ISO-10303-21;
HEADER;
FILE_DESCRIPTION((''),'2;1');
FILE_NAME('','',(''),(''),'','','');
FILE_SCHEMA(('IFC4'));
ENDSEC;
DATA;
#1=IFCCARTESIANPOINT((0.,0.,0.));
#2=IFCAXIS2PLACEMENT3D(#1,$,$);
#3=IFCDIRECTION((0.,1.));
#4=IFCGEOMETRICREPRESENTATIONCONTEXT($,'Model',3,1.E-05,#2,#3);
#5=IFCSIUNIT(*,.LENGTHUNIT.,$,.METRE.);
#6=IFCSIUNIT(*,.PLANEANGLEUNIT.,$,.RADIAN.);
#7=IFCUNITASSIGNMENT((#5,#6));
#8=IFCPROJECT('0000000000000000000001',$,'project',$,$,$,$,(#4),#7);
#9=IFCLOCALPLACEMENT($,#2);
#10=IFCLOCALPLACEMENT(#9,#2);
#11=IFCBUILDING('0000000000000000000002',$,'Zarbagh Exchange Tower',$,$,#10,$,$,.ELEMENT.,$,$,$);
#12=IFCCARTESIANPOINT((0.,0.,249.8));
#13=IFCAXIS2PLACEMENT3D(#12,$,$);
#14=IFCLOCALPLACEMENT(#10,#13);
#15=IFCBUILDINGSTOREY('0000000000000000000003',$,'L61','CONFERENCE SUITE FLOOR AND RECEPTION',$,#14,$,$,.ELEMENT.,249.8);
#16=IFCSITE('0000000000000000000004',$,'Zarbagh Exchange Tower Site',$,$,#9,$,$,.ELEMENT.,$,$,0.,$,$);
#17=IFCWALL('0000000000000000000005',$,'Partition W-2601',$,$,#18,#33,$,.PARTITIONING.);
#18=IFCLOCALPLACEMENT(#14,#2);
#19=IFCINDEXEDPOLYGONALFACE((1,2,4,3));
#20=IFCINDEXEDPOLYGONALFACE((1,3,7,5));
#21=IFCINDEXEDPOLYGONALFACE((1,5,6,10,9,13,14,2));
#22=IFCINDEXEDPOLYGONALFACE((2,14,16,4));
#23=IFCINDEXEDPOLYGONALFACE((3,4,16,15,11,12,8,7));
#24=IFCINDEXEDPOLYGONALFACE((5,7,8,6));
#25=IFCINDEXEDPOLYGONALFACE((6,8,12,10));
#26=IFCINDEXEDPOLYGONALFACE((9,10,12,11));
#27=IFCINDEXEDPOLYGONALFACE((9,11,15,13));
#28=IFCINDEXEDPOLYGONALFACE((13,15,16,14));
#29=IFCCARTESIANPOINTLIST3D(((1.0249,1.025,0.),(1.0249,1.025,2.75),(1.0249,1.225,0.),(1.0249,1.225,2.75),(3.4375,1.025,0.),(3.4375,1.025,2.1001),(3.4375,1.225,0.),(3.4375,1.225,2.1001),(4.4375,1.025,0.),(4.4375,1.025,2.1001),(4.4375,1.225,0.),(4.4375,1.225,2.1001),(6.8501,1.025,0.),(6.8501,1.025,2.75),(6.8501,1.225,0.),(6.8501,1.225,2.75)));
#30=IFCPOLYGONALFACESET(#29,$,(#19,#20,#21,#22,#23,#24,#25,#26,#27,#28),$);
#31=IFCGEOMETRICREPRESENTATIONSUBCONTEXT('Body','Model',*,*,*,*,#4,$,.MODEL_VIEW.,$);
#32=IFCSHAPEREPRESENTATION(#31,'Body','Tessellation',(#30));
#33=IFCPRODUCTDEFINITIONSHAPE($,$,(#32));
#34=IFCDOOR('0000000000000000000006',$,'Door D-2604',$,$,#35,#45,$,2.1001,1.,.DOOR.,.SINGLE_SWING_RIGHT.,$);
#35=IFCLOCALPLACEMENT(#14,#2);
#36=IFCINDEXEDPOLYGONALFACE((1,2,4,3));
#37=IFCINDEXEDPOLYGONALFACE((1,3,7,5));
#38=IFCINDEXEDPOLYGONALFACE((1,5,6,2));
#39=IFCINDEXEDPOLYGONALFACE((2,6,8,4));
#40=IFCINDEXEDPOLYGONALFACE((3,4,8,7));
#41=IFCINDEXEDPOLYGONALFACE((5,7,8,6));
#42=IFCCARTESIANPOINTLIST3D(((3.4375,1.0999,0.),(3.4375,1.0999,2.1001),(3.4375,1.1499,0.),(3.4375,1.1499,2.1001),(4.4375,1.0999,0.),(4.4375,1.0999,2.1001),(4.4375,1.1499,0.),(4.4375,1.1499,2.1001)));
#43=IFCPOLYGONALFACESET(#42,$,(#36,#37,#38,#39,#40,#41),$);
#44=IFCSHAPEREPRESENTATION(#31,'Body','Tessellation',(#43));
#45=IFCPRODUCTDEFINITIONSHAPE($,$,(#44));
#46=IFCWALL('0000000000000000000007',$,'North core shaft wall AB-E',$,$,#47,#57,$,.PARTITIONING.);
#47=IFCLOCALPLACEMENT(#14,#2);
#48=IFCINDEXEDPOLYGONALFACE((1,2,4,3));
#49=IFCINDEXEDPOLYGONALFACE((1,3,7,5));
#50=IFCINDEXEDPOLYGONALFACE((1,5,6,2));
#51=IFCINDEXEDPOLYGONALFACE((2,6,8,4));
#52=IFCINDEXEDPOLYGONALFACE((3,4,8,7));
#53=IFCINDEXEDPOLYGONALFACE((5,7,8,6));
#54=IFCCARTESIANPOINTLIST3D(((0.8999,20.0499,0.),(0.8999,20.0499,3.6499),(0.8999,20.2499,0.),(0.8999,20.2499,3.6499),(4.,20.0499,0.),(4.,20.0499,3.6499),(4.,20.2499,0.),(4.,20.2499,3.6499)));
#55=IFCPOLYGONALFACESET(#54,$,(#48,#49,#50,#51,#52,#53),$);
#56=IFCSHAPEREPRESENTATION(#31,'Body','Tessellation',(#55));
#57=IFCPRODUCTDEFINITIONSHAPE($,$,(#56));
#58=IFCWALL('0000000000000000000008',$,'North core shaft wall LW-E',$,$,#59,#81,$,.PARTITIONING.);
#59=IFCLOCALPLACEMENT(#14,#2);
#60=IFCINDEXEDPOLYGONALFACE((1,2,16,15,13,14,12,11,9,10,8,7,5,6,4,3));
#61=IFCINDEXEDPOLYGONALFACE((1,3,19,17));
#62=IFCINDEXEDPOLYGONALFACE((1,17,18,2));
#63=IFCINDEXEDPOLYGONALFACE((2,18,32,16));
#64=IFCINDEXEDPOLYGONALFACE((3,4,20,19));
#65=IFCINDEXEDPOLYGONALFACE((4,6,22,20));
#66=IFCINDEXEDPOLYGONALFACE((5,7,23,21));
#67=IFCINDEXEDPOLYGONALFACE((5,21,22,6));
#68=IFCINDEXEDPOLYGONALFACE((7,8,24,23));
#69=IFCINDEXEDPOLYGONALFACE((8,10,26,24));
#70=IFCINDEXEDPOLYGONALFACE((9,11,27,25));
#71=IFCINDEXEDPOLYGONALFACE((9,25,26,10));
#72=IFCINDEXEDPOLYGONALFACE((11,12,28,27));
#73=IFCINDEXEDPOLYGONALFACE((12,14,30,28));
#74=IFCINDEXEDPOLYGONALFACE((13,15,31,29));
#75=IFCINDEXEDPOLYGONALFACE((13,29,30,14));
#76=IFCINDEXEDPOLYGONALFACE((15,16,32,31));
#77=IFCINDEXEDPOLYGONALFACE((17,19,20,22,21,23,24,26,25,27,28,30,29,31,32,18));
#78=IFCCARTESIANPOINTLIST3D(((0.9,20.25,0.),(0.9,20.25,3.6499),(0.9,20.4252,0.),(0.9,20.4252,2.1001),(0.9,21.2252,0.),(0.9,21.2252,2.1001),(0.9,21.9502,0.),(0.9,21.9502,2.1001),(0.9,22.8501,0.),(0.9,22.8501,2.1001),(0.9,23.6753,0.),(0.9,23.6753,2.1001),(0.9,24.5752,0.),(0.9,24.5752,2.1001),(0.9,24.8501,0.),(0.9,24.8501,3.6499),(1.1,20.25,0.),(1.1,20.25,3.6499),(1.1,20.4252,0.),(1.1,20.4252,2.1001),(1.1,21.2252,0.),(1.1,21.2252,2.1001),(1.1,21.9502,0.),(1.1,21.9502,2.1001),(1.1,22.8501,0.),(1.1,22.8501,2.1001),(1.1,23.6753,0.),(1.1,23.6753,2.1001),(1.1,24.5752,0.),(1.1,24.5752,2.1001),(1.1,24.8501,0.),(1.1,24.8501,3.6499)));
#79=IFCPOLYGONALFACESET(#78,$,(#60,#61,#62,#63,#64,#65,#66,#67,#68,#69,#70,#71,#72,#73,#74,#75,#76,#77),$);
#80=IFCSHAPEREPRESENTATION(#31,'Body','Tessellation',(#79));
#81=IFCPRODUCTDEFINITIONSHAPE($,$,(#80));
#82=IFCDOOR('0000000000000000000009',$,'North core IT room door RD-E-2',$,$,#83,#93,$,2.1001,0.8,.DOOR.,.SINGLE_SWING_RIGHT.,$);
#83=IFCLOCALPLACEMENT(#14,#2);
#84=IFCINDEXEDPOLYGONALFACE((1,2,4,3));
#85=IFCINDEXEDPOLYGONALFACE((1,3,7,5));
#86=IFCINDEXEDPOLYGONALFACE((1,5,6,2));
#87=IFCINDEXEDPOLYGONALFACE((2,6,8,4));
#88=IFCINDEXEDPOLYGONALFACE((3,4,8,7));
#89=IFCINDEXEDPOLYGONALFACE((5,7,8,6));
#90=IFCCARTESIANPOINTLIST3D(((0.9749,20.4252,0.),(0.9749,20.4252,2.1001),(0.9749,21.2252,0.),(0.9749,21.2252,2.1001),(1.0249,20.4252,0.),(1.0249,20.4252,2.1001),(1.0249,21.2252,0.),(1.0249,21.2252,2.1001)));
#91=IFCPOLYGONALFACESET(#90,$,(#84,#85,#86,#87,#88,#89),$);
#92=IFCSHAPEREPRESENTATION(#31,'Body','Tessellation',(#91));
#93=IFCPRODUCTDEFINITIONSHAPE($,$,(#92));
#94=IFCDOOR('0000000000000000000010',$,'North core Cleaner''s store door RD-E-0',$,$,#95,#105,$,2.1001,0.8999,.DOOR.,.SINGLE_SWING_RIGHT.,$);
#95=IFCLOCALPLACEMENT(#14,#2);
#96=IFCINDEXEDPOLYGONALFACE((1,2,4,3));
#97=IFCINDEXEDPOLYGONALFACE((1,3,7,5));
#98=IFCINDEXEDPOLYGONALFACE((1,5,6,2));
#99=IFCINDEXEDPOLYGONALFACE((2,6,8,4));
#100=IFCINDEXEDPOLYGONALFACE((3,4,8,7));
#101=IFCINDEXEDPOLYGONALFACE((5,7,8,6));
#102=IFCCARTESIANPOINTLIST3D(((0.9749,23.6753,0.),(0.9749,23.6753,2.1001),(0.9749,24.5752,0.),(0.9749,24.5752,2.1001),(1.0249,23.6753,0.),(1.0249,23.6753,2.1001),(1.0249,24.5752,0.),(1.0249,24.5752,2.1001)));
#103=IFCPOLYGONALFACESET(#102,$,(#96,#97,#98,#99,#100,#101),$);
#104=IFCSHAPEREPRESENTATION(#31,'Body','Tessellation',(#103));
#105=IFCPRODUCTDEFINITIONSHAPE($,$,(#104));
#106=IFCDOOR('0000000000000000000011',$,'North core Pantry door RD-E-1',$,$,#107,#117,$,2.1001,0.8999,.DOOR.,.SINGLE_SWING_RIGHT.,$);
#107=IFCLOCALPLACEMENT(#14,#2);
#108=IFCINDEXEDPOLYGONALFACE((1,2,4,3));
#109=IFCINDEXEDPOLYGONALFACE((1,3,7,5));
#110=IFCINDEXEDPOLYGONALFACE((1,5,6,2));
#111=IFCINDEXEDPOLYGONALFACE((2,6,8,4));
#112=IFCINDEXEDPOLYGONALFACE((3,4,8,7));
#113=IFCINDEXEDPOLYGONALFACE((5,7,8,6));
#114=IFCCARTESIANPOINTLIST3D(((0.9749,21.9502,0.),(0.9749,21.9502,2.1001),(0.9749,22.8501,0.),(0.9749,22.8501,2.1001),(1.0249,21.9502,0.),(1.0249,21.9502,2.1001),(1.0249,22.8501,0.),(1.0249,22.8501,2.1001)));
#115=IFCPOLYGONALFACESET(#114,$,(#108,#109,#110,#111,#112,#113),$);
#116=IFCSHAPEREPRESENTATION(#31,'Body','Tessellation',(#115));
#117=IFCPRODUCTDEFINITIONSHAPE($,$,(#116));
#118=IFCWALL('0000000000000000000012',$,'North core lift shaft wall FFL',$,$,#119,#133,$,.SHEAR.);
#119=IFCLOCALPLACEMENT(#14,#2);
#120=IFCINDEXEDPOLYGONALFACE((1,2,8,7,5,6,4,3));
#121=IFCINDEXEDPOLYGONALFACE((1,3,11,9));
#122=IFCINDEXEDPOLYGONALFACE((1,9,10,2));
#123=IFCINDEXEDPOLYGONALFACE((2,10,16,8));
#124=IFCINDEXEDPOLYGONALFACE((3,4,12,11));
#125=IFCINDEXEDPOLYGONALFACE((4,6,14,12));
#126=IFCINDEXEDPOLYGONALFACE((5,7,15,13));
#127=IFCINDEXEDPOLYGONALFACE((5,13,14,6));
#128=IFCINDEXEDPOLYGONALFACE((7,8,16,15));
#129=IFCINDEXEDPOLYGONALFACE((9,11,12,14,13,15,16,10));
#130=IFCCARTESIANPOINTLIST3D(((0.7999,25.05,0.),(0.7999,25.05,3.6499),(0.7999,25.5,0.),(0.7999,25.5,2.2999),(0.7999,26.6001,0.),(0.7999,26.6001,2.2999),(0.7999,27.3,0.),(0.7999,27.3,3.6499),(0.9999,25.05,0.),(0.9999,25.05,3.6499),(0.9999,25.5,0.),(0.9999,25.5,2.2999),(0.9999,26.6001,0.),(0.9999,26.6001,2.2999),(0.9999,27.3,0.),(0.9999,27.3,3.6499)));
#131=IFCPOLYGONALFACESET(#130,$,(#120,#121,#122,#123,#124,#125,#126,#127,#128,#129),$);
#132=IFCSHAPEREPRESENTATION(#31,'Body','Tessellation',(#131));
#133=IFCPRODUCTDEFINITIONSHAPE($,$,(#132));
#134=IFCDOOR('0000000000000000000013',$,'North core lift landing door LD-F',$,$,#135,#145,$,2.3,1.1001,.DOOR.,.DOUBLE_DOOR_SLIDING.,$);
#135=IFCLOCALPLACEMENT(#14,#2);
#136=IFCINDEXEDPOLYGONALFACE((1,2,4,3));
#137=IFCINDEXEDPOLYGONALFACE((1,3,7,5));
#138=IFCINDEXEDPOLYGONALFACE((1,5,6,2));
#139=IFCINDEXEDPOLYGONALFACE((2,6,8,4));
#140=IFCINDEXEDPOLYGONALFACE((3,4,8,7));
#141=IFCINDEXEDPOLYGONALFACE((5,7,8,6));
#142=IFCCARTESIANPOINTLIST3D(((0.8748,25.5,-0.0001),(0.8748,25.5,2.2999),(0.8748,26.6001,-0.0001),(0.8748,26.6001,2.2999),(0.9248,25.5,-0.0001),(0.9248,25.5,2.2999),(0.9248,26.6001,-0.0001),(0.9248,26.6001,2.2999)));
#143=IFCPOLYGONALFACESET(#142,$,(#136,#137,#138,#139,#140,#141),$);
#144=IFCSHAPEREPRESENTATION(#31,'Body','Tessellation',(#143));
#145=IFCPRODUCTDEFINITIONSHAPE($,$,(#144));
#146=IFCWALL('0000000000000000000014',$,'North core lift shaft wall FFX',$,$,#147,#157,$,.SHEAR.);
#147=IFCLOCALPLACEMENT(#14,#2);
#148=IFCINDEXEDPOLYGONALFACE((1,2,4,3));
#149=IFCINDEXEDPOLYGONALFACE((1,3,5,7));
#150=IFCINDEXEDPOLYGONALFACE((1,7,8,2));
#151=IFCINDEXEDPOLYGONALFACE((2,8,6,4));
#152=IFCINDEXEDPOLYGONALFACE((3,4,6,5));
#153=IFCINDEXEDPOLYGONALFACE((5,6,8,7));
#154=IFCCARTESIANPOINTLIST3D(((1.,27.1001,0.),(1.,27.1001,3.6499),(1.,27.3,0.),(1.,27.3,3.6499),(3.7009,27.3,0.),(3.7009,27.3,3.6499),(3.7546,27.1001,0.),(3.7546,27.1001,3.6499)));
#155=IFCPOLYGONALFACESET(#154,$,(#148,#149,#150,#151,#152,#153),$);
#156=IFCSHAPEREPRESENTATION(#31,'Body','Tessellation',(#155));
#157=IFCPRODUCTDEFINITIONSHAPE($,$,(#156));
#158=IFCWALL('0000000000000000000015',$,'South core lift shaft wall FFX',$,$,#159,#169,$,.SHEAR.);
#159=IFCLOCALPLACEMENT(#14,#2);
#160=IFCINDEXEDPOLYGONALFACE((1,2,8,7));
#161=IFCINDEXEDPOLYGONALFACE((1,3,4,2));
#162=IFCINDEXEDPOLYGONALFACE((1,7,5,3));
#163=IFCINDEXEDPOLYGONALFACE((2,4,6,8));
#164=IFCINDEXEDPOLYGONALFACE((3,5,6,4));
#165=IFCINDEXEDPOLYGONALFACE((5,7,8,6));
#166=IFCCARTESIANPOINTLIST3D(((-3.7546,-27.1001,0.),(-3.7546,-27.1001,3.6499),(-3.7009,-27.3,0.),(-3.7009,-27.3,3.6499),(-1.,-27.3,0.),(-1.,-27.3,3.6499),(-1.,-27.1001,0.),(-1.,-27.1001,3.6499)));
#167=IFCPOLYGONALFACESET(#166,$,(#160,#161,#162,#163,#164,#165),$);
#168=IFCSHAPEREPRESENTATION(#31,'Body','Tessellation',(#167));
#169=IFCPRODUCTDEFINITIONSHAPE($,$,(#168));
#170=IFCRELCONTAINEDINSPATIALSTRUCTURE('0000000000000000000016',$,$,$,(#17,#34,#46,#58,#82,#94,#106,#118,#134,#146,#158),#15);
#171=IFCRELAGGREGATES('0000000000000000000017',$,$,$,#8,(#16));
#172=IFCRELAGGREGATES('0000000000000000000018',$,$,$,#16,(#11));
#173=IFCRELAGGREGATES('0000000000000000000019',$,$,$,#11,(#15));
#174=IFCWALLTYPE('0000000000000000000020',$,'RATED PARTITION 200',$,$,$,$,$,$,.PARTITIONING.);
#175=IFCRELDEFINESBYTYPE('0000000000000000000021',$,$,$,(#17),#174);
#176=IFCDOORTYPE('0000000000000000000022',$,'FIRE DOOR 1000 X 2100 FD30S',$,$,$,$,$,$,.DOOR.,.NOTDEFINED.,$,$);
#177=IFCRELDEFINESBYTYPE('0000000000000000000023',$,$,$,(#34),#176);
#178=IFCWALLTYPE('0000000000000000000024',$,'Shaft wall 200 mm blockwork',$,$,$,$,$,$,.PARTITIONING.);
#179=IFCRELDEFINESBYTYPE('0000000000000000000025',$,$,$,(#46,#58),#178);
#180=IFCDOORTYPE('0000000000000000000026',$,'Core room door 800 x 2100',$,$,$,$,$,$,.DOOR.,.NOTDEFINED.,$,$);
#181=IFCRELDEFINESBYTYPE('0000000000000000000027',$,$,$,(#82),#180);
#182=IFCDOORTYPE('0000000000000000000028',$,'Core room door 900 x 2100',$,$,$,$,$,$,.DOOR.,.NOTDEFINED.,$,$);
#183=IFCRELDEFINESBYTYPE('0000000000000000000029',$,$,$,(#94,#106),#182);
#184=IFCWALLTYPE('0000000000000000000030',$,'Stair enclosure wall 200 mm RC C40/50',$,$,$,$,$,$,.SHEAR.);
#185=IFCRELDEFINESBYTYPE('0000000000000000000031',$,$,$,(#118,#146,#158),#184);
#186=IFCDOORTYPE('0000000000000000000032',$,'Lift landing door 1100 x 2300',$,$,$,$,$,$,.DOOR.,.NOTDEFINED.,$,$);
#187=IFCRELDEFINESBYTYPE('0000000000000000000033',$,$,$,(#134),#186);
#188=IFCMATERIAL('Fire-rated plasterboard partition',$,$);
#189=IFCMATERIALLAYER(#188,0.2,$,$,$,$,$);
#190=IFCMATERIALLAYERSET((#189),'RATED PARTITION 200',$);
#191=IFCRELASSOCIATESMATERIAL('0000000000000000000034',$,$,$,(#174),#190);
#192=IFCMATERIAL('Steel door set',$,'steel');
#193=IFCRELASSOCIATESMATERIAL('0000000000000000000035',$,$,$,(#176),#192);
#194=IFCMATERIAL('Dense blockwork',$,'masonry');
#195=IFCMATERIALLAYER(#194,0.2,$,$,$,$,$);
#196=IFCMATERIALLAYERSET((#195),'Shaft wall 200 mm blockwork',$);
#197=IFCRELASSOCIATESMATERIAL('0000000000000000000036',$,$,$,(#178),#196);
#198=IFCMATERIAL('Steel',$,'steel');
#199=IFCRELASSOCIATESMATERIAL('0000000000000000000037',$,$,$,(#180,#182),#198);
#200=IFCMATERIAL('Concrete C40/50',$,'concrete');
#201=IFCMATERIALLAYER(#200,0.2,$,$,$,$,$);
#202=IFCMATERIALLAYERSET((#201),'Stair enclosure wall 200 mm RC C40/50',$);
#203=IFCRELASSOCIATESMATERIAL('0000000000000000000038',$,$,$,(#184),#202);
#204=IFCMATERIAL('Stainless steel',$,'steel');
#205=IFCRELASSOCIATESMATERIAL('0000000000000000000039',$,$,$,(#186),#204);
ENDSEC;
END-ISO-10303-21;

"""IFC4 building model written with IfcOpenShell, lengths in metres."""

from ifc_helpers import new_model, si_unit, direction, frame, frame_2d, origin, place, context, subcontext, project, spatial, polyline, rectangle, outline, extrude, material, layer, layer_set, type_object, element, fill, save


model = new_model("IFC4")

# Units and contexts
model_context = context("Model", 3, precision=1e-05, world=origin(), true_north=direction((0.0, 1.0)))
body_context = subcontext(model_context, "Body", "Model", "MODEL_VIEW")
ifc_project = project(units=[si_unit("LENGTHUNIT", "METRE"), si_unit("PLANEANGLEUNIT", "RADIAN")], contexts=[model_context])

# Site, building, storey
site_placement = place(None, origin())
site = spatial("IfcSite", under=ifc_project, at=site_placement, Name="Zarbagh Exchange Tower Site", CompositionType="ELEMENT", RefElevation=0.0)
building_placement = place(site_placement, origin())
building = spatial("IfcBuilding", under=site, at=building_placement, Name="Zarbagh Exchange Tower", CompositionType="ELEMENT")
storey_placement = place(building_placement, frame((0.0, 0.0, 249.8)))
storey = spatial("IfcBuildingStorey", under=building, at=storey_placement, Name="L61", Description="CONFERENCE SUITE FLOOR AND RECEPTION", CompositionType="ELEMENT", Elevation=249.8)

# Shared definitions
ifc_material_1 = material(Name="Concrete C40/50", Category="concrete")

# Wall, opening, door
ifc_material_2 = material(Name="Fire-rated plasterboard partition")
ifc_layer_1 = layer(ifc_material_2, 0.2)
ifc_layer_set_1 = layer_set([ifc_layer_1], Name="RATED PARTITION 200")
wall_type_1 = type_object("IfcWallType", Name="RATED PARTITION 200", PredefinedType="PARTITIONING", material=ifc_layer_set_1)
wall_1_placement = place(storey_placement, frame((1.0249, 1.125, 0.0), z_axis=(0.0, 0.0, 1.0), x_axis=(1.0, 0.0, 0.0)))
wall_1 = element("IfcWall", 1, at=wall_1_placement, inside=storey, type_object=wall_type_1, Name="Partition W-2601", PredefinedType="PARTITIONING", context=body_context, shape_type="SweptSolid", body=[
    extrude(rectangle(XDim=5.8252, YDim=0.2, at=frame_2d((2.9126, 0.0))), origin(), (0.0, 0.0, 1.0), 2.75),
])
opening_1_placement = place(wall_1_placement, frame((2.4126, 0.0, 0.0)))
opening_1 = element("IfcOpeningElement", 2, at=opening_1_placement, cuts=wall_1, PredefinedType="OPENING", context=body_context, shape_type="SweptSolid", body=[
    extrude(rectangle(XDim=1.0, YDim=2.1001, at=frame_2d((0.5, 1.05))), frame((0.0, 0.1099, 0.0), z_axis=(0.0, -1.0, 0.0), x_axis=(1.0, 0.0, 0.0)), (0.0, 0.0, 1.0), 0.22),
])
ifc_material_3 = material(Name="Steel door set", Category="steel")
door_type_1 = type_object("IfcDoorType", Name="FIRE DOOR 1000 X 2100 FD30S", OperationType="NOTDEFINED", PredefinedType="DOOR", material=ifc_material_3)
door_1_placement = place(opening_1_placement, origin())
door_1 = element("IfcDoor", 3, at=door_1_placement, inside=storey, type_object=door_type_1, Name="Door D-2604", OperationType="SINGLE_SWING_RIGHT", OverallHeight=2.1001, OverallWidth=1.0, PredefinedType="DOOR", context=body_context, shape_type="SweptSolid", body=[
    extrude(rectangle(XDim=1.0, YDim=2.1001, at=frame_2d((0.5, 1.05))), frame((0.0, 0.0249, 0.0), z_axis=(0.0, -1.0, 0.0), x_axis=(1.0, 0.0, 0.0)), (0.0, 0.0, 1.0), 0.05),
])
fill(opening_1, door_1)

# Wall
ifc_material_4 = material(Name="Dense blockwork", Category="masonry")
ifc_layer_2 = layer(ifc_material_4, 0.2)
ifc_layer_set_2 = layer_set([ifc_layer_2], Name="Shaft wall 200 mm blockwork")
wall_type_2 = type_object("IfcWallType", Name="Shaft wall 200 mm blockwork", PredefinedType="PARTITIONING", material=ifc_layer_set_2)
wall_2_placement = place(storey_placement, frame((0.8999, 20.1499, 0.0), z_axis=(0.0, 0.0, 1.0), x_axis=(1.0, 0.0, 0.0)))
element("IfcWall", 4, at=wall_2_placement, inside=storey, type_object=wall_type_2, Name="North core shaft wall AB-E", PredefinedType="PARTITIONING", context=body_context, shape_type="SweptSolid", body=[
    extrude(rectangle(XDim=3.1001, YDim=0.2, at=frame_2d((1.55, 0.0))), origin(), (0.0, 0.0, 1.0), 3.6499),
])

# Wall, openings, doors
wall_3_placement = place(storey_placement, frame((1.0, 24.8501, 0.0), z_axis=(0.0, 0.0, 1.0), x_axis=(0.0, -1.0, 0.0)))
wall_3 = element("IfcWall", 5, at=wall_3_placement, inside=storey, type_object=wall_type_2, Name="North core shaft wall LW-E", PredefinedType="PARTITIONING", context=body_context, shape_type="SweptSolid", body=[
    extrude(rectangle(XDim=4.6001, YDim=0.2, at=frame_2d((2.3, 0.0))), origin(), (0.0, 0.0, 1.0), 3.6499),
])
opening_2_placement = place(wall_3_placement, frame((0.2749, 0.0, 0.0)))
opening_2 = element("IfcOpeningElement", 6, at=opening_2_placement, cuts=wall_3, PredefinedType="OPENING", context=body_context, shape_type="SweptSolid", body=[
    extrude(rectangle(XDim=0.8999, YDim=2.1001, at=frame_2d((0.45, 1.05))), frame((0.0, 0.1099, 0.0), z_axis=(0.0, -1.0, 0.0), x_axis=(1.0, 0.0, 0.0)), (0.0, 0.0, 1.0), 0.22),
])
opening_3_placement = place(wall_3_placement, frame((2.0, 0.0, 0.0)))
opening_3 = element("IfcOpeningElement", 7, at=opening_3_placement, cuts=wall_3, PredefinedType="OPENING", context=body_context, shape_type="SweptSolid", body=[
    extrude(rectangle(XDim=0.8999, YDim=2.1001, at=frame_2d((0.45, 1.05))), frame((0.0, 0.1099, 0.0), z_axis=(0.0, -1.0, 0.0), x_axis=(1.0, 0.0, 0.0)), (0.0, 0.0, 1.0), 0.22),
])
opening_4_placement = place(wall_3_placement, frame((3.625, 0.0, 0.0)))
opening_4 = element("IfcOpeningElement", 8, at=opening_4_placement, cuts=wall_3, PredefinedType="OPENING", context=body_context, shape_type="SweptSolid", body=[
    extrude(rectangle(XDim=0.8, YDim=2.1001, at=frame_2d((0.3999, 1.05))), frame((0.0, 0.1099, 0.0), z_axis=(0.0, -1.0, 0.0), x_axis=(1.0, 0.0, 0.0)), (0.0, 0.0, 1.0), 0.22),
])
ifc_material_5 = material(Name="Steel", Category="steel")
door_type_2 = type_object("IfcDoorType", Name="Core room door 800 x 2100", OperationType="NOTDEFINED", PredefinedType="DOOR", material=ifc_material_5)
door_2_placement = place(opening_4_placement, origin())
door_2 = element("IfcDoor", 9, at=door_2_placement, inside=storey, type_object=door_type_2, Name="North core IT room door RD-E-2", OperationType="SINGLE_SWING_RIGHT", OverallHeight=2.1001, OverallWidth=0.8, PredefinedType="DOOR", context=body_context, shape_type="SweptSolid", body=[
    extrude(rectangle(XDim=0.8, YDim=2.1001, at=frame_2d((0.3999, 1.05))), frame((0.0, 0.0249, 0.0), z_axis=(0.0, -1.0, 0.0), x_axis=(1.0, 0.0, 0.0)), (0.0, 0.0, 1.0), 0.05),
])
fill(opening_4, door_2)
door_type_3 = type_object("IfcDoorType", Name="Core room door 900 x 2100", OperationType="NOTDEFINED", PredefinedType="DOOR", material=ifc_material_5)
door_3_placement = place(opening_2_placement, origin())
door_3 = element("IfcDoor", 10, at=door_3_placement, inside=storey, type_object=door_type_3, Name="North core Cleaner's store door RD-E-0", OperationType="SINGLE_SWING_RIGHT", OverallHeight=2.1001, OverallWidth=0.8999, PredefinedType="DOOR", context=body_context, shape_type="SweptSolid", body=[
    extrude(rectangle(XDim=0.8999, YDim=2.1001, at=frame_2d((0.45, 1.05))), frame((0.0, 0.0249, 0.0), z_axis=(0.0, -1.0, 0.0), x_axis=(1.0, 0.0, 0.0)), (0.0, 0.0, 1.0), 0.05),
])
fill(opening_2, door_3)
door_4_placement = place(opening_3_placement, origin())
door_4 = element("IfcDoor", 11, at=door_4_placement, inside=storey, type_object=door_type_3, Name="North core Pantry door RD-E-1", OperationType="SINGLE_SWING_RIGHT", OverallHeight=2.1001, OverallWidth=0.8999, PredefinedType="DOOR", context=body_context, shape_type="SweptSolid", body=[
    extrude(rectangle(XDim=0.8999, YDim=2.1001, at=frame_2d((0.45, 1.05))), frame((0.0, 0.0249, 0.0), z_axis=(0.0, -1.0, 0.0), x_axis=(1.0, 0.0, 0.0)), (0.0, 0.0, 1.0), 0.05),
])
fill(opening_3, door_4)

# Wall, opening, door
ifc_layer_3 = layer(ifc_material_1, 0.2)
ifc_layer_set_3 = layer_set([ifc_layer_3], Name="Stair enclosure wall 200 mm RC C40/50")
wall_type_3 = type_object("IfcWallType", Name="Stair enclosure wall 200 mm RC C40/50", PredefinedType="SHEAR", material=ifc_layer_set_3)
wall_4_placement = place(storey_placement, frame((0.8999, 27.3, 0.0), z_axis=(0.0, 0.0, 1.0), x_axis=(0.0, -1.0, 0.0)))
wall_4 = element("IfcWall", 12, at=wall_4_placement, inside=storey, type_object=wall_type_3, Name="North core lift shaft wall FFL", PredefinedType="SHEAR", context=body_context, shape_type="SweptSolid", body=[
    extrude(rectangle(XDim=2.25, YDim=0.2, at=frame_2d((1.125, 0.0))), origin(), (0.0, 0.0, 1.0), 3.6499),
])
opening_5_placement = place(wall_4_placement, frame((0.7, 0.0, 0.0)))
opening_5 = element("IfcOpeningElement", 13, at=opening_5_placement, cuts=wall_4, PredefinedType="OPENING", context=body_context, shape_type="SweptSolid", body=[
    extrude(rectangle(XDim=1.1001, YDim=2.3, at=frame_2d((0.55, 1.1499))), frame((0.0, 0.1099, 0.0), z_axis=(0.0, -1.0, 0.0), x_axis=(1.0, 0.0, 0.0)), (0.0, 0.0, 1.0), 0.22),
])
ifc_material_6 = material(Name="Stainless steel", Category="steel")
door_type_4 = type_object("IfcDoorType", Name="Lift landing door 1100 x 2300", OperationType="NOTDEFINED", PredefinedType="DOOR", material=ifc_material_6)
door_5_placement = place(opening_5_placement, origin())
door_5 = element("IfcDoor", 14, at=door_5_placement, inside=storey, type_object=door_type_4, Name="North core lift landing door LD-F", OperationType="DOUBLE_DOOR_SLIDING", OverallHeight=2.3, OverallWidth=1.1001, PredefinedType="DOOR", context=body_context, shape_type="SweptSolid", body=[
    extrude(rectangle(XDim=1.1001, YDim=2.3, at=frame_2d((0.55, 1.1499))), frame((0.0, 0.0249, 0.0), z_axis=(0.0, -1.0, 0.0), x_axis=(1.0, 0.0, 0.0)), (0.0, 0.0, 1.0), 0.05),
])
fill(opening_5, door_5)

# Walls
wall_5_placement = place(storey_placement, origin())
element("IfcWall", 15, at=wall_5_placement, inside=storey, type_object=wall_type_3, Name="North core lift shaft wall FFX", PredefinedType="SHEAR", context=body_context, shape_type="SweptSolid", body=[
    extrude(outline(polyline([(1.0, 27.1001), (3.7546, 27.1001), (3.7009, 27.3), (1.0, 27.3), (1.0, 27.1001)])), origin(), (0.0, 0.0, 1.0), 3.6499),
])
wall_6_placement = place(storey_placement, origin())
element("IfcWall", 16, at=wall_6_placement, inside=storey, type_object=wall_type_3, Name="South core lift shaft wall FFX", PredefinedType="SHEAR", context=body_context, shape_type="SweptSolid", body=[
    extrude(outline(polyline([(-1.0, -27.1001), (-3.7546, -27.1001), (-3.7009, -27.3), (-1.0, -27.3), (-1.0, -27.1001)])), origin(), (0.0, 0.0, 1.0), 3.6499),
])

save(model, "model.ifc")
